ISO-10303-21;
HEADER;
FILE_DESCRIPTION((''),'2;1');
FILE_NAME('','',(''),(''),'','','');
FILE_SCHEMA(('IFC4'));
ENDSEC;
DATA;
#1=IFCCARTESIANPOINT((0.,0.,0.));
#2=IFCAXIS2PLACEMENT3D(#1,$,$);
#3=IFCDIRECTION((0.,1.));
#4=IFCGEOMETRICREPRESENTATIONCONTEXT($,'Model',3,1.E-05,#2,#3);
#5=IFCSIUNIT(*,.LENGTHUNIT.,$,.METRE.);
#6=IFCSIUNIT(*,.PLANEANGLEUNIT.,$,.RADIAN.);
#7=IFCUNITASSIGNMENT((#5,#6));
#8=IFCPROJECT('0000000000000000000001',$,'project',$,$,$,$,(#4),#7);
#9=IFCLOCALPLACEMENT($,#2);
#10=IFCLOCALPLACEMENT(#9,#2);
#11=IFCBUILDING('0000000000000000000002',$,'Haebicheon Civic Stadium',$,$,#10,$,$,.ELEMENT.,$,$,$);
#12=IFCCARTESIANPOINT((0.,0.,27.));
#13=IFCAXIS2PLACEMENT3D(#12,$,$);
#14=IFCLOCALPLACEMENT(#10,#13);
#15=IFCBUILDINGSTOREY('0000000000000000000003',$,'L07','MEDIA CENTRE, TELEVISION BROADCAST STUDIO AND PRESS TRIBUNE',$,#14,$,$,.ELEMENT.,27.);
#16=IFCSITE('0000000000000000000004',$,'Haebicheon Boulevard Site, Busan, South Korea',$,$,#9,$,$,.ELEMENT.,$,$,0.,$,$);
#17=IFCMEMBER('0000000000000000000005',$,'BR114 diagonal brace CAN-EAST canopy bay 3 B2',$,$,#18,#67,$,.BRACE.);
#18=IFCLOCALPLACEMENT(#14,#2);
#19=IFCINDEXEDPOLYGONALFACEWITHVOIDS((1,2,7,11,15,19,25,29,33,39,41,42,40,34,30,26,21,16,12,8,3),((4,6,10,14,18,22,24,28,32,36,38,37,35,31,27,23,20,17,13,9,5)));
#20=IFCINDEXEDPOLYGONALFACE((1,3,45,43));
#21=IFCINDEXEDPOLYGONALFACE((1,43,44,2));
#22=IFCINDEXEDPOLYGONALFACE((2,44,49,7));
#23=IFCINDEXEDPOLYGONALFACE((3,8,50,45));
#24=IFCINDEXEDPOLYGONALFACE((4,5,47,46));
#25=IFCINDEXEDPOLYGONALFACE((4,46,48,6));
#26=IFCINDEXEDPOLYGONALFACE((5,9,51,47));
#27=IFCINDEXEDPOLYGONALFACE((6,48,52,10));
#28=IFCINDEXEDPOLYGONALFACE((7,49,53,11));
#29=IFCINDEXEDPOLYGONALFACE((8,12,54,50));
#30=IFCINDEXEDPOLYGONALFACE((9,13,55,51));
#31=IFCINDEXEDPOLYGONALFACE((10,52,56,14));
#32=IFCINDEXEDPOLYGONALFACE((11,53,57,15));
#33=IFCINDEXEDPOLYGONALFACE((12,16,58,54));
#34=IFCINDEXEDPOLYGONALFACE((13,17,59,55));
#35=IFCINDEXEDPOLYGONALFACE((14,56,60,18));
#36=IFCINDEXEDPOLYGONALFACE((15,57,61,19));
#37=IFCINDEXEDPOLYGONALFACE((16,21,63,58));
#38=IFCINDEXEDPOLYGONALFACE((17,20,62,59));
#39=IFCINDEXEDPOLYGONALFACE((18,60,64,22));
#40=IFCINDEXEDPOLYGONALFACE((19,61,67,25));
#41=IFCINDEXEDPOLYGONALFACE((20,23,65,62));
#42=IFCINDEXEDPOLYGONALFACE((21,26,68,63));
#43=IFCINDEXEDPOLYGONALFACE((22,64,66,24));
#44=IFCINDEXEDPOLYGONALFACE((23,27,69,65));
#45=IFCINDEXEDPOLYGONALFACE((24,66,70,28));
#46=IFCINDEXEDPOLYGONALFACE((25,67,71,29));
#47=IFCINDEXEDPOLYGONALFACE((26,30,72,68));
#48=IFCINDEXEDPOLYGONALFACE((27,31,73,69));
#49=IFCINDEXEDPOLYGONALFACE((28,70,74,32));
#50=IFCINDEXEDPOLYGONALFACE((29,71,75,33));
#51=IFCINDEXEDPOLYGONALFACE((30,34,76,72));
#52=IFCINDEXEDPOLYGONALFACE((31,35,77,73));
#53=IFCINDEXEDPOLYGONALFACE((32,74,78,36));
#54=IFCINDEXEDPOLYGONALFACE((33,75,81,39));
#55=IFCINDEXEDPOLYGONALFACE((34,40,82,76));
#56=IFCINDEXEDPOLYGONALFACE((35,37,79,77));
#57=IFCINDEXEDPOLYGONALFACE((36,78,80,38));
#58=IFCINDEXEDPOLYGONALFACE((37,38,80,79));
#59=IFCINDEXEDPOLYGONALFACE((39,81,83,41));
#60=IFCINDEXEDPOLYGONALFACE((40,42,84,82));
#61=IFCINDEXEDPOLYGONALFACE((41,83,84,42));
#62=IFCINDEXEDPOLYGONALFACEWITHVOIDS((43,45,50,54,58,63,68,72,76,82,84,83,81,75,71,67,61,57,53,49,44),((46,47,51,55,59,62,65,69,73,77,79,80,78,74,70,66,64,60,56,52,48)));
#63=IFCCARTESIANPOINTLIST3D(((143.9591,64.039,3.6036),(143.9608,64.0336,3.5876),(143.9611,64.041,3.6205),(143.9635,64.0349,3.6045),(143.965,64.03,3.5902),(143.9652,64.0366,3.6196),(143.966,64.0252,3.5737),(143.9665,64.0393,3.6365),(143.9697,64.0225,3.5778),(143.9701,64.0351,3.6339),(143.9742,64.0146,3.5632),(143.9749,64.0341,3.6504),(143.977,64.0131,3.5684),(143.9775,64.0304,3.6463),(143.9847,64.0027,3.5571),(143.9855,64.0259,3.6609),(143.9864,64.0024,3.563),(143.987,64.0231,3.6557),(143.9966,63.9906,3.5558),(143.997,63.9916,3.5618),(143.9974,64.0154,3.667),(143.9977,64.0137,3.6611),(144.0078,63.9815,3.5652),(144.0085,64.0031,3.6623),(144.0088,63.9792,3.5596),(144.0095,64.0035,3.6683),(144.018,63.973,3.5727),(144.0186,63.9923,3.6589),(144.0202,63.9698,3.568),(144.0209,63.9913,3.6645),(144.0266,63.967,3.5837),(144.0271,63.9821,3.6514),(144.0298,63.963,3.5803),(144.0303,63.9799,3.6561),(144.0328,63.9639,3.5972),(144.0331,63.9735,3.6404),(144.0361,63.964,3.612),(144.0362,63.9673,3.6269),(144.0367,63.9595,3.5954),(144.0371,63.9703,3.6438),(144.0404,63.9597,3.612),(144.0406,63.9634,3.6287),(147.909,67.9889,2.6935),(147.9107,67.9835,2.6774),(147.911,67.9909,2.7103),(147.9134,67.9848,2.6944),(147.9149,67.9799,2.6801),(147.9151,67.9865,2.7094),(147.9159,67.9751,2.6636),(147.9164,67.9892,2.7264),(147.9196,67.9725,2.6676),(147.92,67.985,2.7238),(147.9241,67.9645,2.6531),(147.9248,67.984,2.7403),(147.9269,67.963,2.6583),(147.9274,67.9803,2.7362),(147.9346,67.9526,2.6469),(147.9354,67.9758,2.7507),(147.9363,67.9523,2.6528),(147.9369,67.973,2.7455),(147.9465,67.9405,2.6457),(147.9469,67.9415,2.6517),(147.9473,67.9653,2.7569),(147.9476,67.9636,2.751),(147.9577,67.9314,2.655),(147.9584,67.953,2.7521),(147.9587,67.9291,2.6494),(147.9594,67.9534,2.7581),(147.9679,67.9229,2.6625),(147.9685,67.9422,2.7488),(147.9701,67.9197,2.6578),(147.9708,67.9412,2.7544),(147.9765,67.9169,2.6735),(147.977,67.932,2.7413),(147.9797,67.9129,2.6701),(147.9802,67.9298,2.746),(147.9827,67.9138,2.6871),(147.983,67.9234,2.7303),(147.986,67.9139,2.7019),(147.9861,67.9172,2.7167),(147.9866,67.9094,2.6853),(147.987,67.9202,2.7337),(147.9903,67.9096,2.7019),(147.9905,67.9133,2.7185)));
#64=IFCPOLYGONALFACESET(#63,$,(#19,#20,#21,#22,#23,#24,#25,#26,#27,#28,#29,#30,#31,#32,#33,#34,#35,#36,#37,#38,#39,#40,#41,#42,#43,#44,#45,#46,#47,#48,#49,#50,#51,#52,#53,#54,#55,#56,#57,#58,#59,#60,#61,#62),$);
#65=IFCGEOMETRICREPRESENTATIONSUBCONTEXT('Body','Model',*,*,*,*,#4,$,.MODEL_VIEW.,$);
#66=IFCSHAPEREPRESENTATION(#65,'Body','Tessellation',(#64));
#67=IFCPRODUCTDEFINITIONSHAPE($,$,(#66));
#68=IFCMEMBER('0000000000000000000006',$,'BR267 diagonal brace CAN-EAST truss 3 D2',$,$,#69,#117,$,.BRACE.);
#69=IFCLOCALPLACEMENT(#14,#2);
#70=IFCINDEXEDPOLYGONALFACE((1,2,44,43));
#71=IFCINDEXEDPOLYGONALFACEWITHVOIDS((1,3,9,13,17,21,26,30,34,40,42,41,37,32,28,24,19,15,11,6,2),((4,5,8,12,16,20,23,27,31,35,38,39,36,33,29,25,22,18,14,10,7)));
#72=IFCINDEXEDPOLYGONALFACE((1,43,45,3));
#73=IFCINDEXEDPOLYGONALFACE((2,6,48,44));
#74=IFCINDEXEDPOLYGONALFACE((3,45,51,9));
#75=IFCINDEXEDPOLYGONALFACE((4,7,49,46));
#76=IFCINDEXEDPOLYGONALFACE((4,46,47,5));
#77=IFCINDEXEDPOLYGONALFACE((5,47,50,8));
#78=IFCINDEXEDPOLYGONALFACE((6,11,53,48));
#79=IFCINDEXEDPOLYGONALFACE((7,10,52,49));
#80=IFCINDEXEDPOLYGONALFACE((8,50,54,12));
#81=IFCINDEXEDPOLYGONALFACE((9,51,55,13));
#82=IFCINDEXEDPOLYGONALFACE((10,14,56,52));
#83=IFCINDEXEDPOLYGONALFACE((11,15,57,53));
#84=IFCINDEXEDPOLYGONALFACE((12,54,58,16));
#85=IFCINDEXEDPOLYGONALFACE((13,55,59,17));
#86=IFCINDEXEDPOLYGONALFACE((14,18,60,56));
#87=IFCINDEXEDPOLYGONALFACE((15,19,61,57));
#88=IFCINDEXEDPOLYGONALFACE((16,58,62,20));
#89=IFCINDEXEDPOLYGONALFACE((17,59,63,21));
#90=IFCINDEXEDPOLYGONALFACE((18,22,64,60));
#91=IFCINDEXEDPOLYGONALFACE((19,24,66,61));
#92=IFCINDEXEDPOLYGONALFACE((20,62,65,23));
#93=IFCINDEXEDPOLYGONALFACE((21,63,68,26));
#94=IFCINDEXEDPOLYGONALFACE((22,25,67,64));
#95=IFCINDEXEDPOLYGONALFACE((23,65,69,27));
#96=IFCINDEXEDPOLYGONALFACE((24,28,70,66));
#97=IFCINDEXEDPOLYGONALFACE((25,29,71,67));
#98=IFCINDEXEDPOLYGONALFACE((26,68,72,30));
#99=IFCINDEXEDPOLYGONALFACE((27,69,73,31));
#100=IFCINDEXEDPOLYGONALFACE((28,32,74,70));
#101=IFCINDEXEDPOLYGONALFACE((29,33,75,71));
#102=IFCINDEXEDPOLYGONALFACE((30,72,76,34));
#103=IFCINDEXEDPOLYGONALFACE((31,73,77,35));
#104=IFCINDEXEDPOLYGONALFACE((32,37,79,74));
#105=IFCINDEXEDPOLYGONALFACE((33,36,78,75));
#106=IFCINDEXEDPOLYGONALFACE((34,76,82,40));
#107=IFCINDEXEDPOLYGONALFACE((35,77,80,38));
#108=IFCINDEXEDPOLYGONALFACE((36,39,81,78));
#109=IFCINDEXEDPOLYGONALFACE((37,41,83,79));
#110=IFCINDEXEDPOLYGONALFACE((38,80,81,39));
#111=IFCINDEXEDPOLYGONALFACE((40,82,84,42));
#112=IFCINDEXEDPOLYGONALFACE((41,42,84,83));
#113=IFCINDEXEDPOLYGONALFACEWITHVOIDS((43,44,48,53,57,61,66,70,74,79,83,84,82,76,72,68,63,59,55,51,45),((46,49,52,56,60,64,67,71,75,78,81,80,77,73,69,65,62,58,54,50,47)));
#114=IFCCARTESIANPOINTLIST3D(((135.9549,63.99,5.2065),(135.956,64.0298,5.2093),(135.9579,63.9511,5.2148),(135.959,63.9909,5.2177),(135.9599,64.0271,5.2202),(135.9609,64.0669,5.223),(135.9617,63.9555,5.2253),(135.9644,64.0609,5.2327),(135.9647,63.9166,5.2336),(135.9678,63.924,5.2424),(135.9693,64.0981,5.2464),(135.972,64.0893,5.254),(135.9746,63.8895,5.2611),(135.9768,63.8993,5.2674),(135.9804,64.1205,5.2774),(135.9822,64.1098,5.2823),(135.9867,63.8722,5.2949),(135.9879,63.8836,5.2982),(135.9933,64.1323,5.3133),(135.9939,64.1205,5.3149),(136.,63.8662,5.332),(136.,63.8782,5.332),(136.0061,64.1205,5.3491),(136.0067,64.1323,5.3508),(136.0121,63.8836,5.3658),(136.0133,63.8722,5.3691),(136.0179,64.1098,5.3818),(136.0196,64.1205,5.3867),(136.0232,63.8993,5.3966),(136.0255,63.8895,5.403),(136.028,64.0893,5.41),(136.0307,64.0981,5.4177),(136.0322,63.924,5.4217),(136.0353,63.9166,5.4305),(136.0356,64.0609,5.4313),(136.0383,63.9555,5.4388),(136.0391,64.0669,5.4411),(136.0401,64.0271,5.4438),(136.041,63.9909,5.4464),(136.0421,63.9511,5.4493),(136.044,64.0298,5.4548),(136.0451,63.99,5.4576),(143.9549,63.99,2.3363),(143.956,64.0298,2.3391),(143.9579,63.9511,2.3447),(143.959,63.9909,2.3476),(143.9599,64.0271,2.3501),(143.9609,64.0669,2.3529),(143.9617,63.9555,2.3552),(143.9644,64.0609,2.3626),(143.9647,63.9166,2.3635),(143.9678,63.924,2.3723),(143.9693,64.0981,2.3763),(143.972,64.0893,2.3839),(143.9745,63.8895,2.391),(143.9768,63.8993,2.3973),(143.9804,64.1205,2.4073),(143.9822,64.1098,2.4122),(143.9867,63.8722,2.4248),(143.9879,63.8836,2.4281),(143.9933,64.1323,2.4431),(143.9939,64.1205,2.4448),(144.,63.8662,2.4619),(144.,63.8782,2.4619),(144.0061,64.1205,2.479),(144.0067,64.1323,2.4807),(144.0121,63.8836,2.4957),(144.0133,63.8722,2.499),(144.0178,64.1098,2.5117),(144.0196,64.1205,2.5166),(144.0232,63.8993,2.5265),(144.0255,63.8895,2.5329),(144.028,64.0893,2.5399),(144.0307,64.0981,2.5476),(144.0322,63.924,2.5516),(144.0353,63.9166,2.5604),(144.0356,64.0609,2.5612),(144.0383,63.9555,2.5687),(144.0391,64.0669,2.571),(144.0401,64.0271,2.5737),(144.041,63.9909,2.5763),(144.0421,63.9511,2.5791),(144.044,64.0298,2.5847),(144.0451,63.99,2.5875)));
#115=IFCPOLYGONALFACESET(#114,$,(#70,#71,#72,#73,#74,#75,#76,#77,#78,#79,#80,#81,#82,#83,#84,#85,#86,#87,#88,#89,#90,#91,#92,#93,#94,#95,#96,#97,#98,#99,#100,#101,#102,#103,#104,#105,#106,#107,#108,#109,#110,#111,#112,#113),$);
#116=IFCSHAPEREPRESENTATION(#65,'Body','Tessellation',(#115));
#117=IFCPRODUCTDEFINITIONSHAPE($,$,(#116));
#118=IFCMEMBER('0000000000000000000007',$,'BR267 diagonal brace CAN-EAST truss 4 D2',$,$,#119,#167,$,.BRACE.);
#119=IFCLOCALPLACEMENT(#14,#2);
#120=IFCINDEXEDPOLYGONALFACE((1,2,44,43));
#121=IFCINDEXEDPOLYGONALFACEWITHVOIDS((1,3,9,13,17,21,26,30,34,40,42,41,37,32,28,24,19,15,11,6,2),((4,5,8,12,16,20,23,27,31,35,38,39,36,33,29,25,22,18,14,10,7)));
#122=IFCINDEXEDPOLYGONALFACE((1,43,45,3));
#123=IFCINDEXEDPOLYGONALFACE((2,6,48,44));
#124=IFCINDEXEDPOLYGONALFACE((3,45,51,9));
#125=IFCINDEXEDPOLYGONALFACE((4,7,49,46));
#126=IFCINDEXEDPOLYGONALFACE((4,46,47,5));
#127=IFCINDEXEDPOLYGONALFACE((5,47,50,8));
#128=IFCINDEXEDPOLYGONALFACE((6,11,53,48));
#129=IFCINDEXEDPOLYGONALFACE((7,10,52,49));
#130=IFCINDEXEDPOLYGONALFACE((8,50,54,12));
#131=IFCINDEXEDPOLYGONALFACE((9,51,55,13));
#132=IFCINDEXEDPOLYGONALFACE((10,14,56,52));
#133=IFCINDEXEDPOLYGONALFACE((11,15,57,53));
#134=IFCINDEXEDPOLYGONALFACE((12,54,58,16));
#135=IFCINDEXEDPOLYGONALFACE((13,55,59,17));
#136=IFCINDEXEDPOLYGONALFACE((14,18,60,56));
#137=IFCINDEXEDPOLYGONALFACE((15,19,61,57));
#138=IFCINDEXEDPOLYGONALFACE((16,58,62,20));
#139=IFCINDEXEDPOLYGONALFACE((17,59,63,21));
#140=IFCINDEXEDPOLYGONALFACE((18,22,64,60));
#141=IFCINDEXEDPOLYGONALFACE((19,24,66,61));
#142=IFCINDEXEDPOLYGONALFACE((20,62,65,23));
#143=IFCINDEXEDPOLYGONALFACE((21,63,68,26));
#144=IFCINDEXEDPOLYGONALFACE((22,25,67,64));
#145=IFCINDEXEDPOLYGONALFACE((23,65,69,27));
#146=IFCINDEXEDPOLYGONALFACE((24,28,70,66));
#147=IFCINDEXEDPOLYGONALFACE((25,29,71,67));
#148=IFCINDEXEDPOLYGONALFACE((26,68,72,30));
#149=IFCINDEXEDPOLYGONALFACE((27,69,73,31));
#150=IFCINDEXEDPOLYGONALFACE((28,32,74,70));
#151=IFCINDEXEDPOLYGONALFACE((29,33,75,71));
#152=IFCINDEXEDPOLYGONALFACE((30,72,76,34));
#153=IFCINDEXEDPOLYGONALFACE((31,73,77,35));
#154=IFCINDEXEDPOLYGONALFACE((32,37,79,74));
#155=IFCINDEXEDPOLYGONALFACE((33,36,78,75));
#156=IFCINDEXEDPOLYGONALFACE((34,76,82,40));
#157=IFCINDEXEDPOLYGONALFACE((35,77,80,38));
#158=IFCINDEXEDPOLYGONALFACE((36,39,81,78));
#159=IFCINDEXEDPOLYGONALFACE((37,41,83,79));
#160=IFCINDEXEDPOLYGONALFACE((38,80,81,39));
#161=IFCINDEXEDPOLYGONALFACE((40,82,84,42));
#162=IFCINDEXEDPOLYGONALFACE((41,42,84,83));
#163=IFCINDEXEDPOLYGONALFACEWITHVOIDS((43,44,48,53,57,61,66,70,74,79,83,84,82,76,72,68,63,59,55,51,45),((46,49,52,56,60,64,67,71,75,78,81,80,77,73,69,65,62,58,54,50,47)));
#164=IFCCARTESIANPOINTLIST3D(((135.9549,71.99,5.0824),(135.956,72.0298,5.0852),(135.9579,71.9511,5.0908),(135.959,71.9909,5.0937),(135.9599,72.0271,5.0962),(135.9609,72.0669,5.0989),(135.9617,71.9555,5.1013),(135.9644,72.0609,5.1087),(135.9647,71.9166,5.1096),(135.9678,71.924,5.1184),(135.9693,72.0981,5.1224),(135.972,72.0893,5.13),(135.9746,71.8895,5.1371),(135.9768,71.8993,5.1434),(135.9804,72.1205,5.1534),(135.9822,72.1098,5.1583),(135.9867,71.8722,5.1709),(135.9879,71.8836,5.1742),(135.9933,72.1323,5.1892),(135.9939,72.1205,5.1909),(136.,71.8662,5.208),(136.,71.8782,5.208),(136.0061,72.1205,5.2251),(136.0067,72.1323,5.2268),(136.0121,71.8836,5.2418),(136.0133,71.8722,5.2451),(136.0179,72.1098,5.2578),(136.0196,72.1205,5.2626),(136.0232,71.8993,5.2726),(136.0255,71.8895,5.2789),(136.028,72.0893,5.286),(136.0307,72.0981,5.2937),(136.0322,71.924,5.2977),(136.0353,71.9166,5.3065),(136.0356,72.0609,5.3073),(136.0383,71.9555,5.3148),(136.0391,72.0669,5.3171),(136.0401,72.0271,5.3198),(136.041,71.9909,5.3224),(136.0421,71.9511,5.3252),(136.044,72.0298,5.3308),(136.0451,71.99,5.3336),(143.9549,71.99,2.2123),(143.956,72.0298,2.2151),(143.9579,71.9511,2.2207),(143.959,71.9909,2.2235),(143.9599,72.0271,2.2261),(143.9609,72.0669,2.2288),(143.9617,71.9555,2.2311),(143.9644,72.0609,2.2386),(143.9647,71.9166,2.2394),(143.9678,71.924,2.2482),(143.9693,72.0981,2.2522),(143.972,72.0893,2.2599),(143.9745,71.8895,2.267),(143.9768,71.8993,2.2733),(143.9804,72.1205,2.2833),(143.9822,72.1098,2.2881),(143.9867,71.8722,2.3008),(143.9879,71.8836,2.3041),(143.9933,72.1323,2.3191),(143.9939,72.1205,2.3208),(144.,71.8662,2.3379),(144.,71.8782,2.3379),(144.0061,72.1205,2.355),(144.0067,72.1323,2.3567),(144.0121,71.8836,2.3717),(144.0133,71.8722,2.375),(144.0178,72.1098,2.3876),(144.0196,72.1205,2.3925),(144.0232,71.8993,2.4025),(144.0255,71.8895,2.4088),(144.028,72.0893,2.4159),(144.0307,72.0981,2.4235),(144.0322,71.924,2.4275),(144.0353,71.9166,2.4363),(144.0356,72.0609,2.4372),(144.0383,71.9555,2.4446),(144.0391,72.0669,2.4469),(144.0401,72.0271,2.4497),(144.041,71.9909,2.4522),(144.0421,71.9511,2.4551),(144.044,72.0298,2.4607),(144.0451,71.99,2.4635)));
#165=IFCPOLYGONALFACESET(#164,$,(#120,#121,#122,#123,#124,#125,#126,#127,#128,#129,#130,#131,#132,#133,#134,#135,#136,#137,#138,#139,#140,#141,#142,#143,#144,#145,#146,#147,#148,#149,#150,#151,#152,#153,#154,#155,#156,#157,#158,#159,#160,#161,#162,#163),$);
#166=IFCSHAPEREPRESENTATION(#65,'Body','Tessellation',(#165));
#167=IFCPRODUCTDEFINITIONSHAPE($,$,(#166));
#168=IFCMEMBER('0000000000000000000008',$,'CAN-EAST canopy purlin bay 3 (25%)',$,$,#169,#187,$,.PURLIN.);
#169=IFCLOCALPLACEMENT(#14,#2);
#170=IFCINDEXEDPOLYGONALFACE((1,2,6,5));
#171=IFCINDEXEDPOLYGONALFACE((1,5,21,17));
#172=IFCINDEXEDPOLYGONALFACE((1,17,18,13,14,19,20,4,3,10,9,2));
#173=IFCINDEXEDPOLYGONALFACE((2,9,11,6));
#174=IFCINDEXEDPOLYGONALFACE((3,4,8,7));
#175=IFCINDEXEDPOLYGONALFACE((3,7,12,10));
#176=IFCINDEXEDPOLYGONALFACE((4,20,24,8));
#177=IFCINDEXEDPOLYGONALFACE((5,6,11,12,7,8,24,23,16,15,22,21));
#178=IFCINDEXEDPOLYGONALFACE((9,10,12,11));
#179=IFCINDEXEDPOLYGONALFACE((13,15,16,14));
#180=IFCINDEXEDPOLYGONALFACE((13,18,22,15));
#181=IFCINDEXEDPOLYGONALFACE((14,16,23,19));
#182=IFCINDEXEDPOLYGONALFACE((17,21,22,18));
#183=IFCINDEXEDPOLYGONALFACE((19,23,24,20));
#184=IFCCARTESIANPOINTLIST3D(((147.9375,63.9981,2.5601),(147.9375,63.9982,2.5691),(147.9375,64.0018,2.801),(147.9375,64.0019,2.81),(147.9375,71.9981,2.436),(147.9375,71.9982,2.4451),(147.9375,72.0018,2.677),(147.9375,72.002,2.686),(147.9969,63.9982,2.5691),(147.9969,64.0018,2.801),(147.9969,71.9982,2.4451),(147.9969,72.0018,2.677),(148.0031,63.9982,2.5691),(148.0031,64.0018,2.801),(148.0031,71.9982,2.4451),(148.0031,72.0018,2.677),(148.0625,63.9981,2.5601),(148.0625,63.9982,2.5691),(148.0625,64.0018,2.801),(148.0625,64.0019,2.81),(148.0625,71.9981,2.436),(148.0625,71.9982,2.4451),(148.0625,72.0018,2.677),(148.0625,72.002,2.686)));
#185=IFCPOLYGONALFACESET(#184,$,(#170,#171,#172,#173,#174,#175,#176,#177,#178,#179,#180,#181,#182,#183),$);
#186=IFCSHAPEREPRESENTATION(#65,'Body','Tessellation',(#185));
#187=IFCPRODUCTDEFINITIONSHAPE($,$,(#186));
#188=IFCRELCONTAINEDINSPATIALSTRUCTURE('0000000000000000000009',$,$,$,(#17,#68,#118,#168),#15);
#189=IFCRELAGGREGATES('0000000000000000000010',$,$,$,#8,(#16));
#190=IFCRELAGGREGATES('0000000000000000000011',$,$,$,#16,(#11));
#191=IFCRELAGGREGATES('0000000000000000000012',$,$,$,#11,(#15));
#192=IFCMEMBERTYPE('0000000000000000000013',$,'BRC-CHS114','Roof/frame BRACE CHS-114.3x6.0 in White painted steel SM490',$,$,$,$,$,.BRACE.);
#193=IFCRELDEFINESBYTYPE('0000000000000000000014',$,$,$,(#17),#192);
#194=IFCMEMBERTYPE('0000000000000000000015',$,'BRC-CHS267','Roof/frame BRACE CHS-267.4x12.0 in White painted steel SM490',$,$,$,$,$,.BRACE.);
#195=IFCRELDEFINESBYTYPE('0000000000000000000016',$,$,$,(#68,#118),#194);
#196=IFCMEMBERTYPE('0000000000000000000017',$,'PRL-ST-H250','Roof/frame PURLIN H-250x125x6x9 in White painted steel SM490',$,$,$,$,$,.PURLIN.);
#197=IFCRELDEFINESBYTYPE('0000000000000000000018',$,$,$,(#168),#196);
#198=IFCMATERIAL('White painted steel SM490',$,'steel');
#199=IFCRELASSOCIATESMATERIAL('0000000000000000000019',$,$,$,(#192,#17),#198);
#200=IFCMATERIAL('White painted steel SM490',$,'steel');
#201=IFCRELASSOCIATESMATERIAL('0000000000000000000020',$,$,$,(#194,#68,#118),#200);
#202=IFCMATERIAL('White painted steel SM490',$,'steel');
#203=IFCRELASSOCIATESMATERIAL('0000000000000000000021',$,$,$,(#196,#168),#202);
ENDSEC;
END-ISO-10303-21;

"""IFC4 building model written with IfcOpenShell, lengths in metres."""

from ifc_helpers import new_model, si_unit, direction, frame, origin, origin_2d, place, context, subcontext, project, spatial, hollow_circle, i_section, extrude, material, material_profile, profile_set, type_object, element, save


model = new_model("IFC4")

# Units and contexts
model_context = context("Model", 3, precision=1e-05, world=origin(), true_north=direction((0.0, 1.0)))
body_context = subcontext(model_context, "Body", "Model", "MODEL_VIEW")
ifc_project = project(units=[si_unit("LENGTHUNIT", "METRE"), si_unit("PLANEANGLEUNIT", "RADIAN")], contexts=[model_context])

# Site, building, storey
site_placement = place(None, origin())
site = spatial("IfcSite", under=ifc_project, at=site_placement, Name="Haebicheon Boulevard Site, Busan, South Korea", CompositionType="ELEMENT", RefElevation=0.0)
building_placement = place(site_placement, origin())
building = spatial("IfcBuilding", under=site, at=building_placement, Name="Haebicheon Civic Stadium", CompositionType="ELEMENT")
storey_placement = place(building_placement, frame((0.0, 0.0, 27.0)))
storey = spatial("IfcBuildingStorey", under=building, at=storey_placement, Name="L07", Description="MEDIA CENTRE, TELEVISION BROADCAST STUDIO AND PRESS TRIBUNE", CompositionType="ELEMENT", Elevation=27.0)

# Members
ifc_material_1 = material(Name="White painted steel SM490", Category="steel")
ifc_material_profile_1 = material_profile(ifc_material_1, hollow_circle(Radius=0.0571, WallThickness=0.0061, at=origin_2d()), Name="CHS-114.3x6.0")
ifc_profile_set_1 = profile_set([ifc_material_profile_1], Name="White painted steel SM490")
member_type_1 = type_object("IfcMemberType", Name="BRC-CHS114", Description="Roof/frame BRACE CHS-114.3x6.0 in White painted steel SM490", PredefinedType="BRACE", material=ifc_profile_set_1)
member_1_placement = place(storey_placement, frame((147.95, 67.95, 2.7019), z_axis=(-0.697904, -0.697904, 0.160812), x_axis=(0.707107, -0.707107, 0.0)))
element("IfcMember", 1, at=member_1_placement, inside=storey, type_object=member_type_1, material=ifc_profile_set_1, Name="BR114 diagonal brace CAN-EAST canopy bay 3 B2", PredefinedType="BRACE", context=body_context, shape_type="SweptSolid", body=[
    extrude(hollow_circle(Radius=0.0571, WallThickness=0.0061, at=origin_2d()), origin(), (0.0, 0.0, 1.0), 5.6597),
])
ifc_material_2 = material(Name="White painted steel SM490", Category="steel")
ifc_material_profile_2 = material_profile(ifc_material_2, hollow_circle(Radius=0.1338, WallThickness=0.012, at=origin_2d()), Name="CHS-267.4x12.0")
ifc_profile_set_2 = profile_set([ifc_material_profile_2], Name="White painted steel SM490")
member_type_2 = type_object("IfcMemberType", Name="BRC-CHS267", Description="Roof/frame BRACE CHS-267.4x12.0 in White painted steel SM490", PredefinedType="BRACE", material=ifc_profile_set_2)
for number, where, z_axis, x_axis, name in (
    (2, (144.0, 64.0, 2.4619), (-0.941257, 0.0, 0.33769), (0.0, -1.0, 0.0), "BR267 diagonal brace CAN-EAST truss 3 D2"),
    (3, (144.0, 72.0, 2.3379), (-0.941257, 0.0, 0.33769), (0.0, -1.0, 0.0), "BR267 diagonal brace CAN-EAST truss 4 D2"),
):
    element("IfcMember", number, at=place(storey_placement, frame(where, z_axis=z_axis, x_axis=x_axis)), inside=storey, type_object=member_type_2, material=ifc_profile_set_2, Name=name, PredefinedType="BRACE", context=body_context, shape_type="SweptSolid", body=[
        extrude(hollow_circle(Radius=0.1338, WallThickness=0.012, at=origin_2d()), origin(), (0.0, 0.0, 1.0), 8.4993),
    ])
ifc_material_3 = material(Name="White painted steel SM490", Category="steel")
ifc_material_profile_3 = material_profile(ifc_material_3, i_section(OverallWidth=0.125, OverallDepth=0.25, WebThickness=0.0061, FlangeThickness=0.009, at=origin_2d()), Name="H-250x125x6x9")
ifc_profile_set_3 = profile_set([ifc_material_profile_3], Name="White painted steel SM490")
member_type_3 = type_object("IfcMemberType", Name="PRL-ST-H250", Description="Roof/frame PURLIN H-250x125x6x9 in White painted steel SM490", PredefinedType="PURLIN", material=ifc_profile_set_3)
member_2_placement = place(storey_placement, frame((148.0, 64.0, 2.6851), z_axis=(0.0, 0.99988, -0.015501), x_axis=(-1.0, 0.0, 0.0)))
element("IfcMember", 4, at=member_2_placement, inside=storey, type_object=member_type_3, material=ifc_profile_set_3, Name="CAN-EAST canopy purlin bay 3 (25%)", PredefinedType="PURLIN", context=body_context, shape_type="SweptSolid", body=[
    extrude(i_section(OverallWidth=0.125, OverallDepth=0.25, WebThickness=0.0061, FlangeThickness=0.009, at=origin_2d()), origin(), (0.0, 0.0, 1.0), 8.001),
])

save(model, "model.ifc")
